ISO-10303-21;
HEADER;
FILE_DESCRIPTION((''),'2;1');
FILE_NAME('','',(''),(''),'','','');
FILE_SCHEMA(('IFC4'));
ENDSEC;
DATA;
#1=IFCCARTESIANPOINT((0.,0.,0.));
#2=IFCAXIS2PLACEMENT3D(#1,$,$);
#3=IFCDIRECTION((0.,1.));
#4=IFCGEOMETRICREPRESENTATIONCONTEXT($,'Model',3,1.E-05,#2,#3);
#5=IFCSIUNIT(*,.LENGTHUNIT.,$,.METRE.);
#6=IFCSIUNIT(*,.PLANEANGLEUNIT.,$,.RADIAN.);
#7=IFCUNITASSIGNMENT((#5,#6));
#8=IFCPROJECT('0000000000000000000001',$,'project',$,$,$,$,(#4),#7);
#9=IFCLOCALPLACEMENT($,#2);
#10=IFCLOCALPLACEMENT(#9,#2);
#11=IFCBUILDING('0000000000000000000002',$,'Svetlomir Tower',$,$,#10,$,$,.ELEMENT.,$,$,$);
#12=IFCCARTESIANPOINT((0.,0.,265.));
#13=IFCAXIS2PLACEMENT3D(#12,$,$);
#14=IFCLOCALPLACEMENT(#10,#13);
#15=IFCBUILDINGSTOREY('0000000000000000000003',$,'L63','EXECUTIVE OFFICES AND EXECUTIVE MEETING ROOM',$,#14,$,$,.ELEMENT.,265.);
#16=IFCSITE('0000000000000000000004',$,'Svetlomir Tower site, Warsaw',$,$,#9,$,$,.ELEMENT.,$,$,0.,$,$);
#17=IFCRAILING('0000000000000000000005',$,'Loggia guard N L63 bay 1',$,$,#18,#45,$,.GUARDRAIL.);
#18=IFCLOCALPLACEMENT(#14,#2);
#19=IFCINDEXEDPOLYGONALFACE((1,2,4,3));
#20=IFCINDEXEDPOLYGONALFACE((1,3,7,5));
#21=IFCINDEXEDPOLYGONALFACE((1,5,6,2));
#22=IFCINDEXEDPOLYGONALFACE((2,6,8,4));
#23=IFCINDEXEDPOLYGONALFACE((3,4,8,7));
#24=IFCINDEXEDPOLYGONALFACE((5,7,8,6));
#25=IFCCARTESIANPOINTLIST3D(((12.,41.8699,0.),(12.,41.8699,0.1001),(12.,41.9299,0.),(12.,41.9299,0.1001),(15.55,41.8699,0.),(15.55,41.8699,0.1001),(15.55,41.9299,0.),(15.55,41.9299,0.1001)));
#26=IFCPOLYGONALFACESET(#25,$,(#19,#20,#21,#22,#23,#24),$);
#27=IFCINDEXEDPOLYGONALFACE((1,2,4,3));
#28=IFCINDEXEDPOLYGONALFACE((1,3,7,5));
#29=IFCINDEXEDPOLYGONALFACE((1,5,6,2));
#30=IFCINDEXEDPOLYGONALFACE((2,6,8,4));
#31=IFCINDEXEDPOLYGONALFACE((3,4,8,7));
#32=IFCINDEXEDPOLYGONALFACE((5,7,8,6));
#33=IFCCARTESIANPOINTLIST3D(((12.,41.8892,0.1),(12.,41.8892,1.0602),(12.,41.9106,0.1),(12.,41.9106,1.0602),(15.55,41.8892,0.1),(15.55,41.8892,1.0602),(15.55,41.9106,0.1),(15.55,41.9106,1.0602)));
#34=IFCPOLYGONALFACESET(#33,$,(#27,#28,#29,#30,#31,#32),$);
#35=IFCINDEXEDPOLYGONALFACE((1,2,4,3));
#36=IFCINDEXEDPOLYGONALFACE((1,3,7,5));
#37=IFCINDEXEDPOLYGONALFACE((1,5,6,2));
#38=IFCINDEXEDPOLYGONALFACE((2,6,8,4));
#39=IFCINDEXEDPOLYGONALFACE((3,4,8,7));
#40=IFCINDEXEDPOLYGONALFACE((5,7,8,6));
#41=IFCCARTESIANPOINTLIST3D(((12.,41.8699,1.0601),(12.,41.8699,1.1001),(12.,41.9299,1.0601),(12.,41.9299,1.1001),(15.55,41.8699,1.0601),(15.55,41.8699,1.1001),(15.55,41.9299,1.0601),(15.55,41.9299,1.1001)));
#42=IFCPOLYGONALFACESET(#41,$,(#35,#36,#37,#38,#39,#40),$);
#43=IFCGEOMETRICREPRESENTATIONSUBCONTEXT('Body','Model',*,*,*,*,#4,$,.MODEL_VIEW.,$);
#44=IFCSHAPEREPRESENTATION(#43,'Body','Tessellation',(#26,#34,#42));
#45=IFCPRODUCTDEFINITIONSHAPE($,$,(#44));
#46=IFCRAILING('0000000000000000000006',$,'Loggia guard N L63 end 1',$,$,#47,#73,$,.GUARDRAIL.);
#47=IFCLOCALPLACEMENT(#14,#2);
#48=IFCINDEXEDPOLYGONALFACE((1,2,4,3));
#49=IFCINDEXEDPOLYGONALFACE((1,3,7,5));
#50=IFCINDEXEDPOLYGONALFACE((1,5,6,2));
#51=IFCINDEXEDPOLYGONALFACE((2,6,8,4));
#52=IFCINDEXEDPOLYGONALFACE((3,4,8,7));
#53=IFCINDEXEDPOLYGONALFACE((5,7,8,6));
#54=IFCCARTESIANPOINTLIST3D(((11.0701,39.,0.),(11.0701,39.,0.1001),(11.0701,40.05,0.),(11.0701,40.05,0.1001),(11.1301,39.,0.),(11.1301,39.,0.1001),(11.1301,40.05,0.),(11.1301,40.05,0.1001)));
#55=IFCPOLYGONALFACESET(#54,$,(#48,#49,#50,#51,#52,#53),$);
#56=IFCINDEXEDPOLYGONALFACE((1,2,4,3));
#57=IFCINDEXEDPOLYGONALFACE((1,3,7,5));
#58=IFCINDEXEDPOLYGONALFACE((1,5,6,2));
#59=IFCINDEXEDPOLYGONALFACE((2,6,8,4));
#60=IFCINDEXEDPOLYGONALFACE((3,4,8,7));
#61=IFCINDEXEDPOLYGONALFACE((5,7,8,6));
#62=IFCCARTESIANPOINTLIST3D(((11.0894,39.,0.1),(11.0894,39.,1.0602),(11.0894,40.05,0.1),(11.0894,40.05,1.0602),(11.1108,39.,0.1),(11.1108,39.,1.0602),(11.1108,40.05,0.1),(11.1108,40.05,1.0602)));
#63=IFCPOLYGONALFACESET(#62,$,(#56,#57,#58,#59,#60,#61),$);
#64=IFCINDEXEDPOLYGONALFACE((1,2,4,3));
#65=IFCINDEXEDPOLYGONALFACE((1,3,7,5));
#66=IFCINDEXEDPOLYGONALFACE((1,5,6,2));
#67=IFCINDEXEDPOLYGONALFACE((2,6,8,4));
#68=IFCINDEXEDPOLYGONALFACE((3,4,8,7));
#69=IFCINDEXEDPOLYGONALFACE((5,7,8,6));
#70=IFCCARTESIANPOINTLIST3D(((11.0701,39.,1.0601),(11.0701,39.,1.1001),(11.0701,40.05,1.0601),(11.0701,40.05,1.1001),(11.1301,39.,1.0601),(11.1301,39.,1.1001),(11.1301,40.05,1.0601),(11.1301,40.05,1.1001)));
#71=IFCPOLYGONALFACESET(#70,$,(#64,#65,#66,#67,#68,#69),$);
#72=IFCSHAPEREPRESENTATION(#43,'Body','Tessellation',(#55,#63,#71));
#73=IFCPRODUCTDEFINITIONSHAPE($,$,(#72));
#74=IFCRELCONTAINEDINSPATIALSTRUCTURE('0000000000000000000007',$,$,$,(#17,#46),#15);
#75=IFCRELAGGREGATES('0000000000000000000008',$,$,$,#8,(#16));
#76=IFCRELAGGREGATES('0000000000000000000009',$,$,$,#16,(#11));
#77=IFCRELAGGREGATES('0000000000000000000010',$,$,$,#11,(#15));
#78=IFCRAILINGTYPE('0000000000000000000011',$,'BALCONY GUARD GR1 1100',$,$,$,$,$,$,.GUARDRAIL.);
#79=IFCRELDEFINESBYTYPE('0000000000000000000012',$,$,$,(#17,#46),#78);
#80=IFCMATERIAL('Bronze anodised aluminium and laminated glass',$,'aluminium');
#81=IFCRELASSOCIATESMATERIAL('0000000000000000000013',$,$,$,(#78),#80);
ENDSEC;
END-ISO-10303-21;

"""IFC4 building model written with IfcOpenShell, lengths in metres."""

from ifc_helpers import new_model, si_unit, direction, frame, origin, origin_2d, place, context, subcontext, project, spatial, rectangle, extrude, material, type_object, element, save


model = new_model("IFC4")

# Units and contexts
model_context = context("Model", 3, precision=1e-05, world=origin(), true_north=direction((0.0, 1.0)))
body_context = subcontext(model_context, "Body", "Model", "MODEL_VIEW")
ifc_project = project(units=[si_unit("LENGTHUNIT", "METRE"), si_unit("PLANEANGLEUNIT", "RADIAN")], contexts=[model_context])

# Site, building, storey
site_placement = place(None, origin())
site = spatial("IfcSite", under=ifc_project, at=site_placement, Name="Svetlomir Tower site, Warsaw", CompositionType="ELEMENT", RefElevation=0.0)
building_placement = place(site_placement, origin())
building = spatial("IfcBuilding", under=site, at=building_placement, Name="Svetlomir Tower", CompositionType="ELEMENT")
storey_placement = place(building_placement, frame((0.0, 0.0, 265.0)))
storey = spatial("IfcBuildingStorey", under=building, at=storey_placement, Name="L63", Description="EXECUTIVE OFFICES AND EXECUTIVE MEETING ROOM", CompositionType="ELEMENT", Elevation=265.0)

# Railings
ifc_material_1 = material(Name="Bronze anodised aluminium and laminated glass", Category="aluminium")
railing_type = type_object("IfcRailingType", Name="BALCONY GUARD GR1 1100", PredefinedType="GUARDRAIL", material=ifc_material_1)
railing_1_placement = place(storey_placement, frame((12.0, 41.8999, 0.0)))
element("IfcRailing", 1, at=railing_1_placement, inside=storey, type_object=railing_type, Name="Loggia guard N L63 bay 1", PredefinedType="GUARDRAIL", context=body_context, shape_type="SweptSolid", body=[
    extrude(rectangle(XDim=0.0601, YDim=0.1001, at=origin_2d()), frame((0.0, 0.0, 0.05), z_axis=(1.0, 0.0, 0.0), x_axis=(0.0, 1.0, 0.0)), (0.0, 0.0, 1.0), 3.55),
    extrude(rectangle(XDim=0.0215, YDim=0.9602, at=origin_2d()), frame((0.0, 0.0, 0.5801), z_axis=(1.0, 0.0, 0.0), x_axis=(0.0, 1.0, 0.0)), (0.0, 0.0, 1.0), 3.55),
    extrude(rectangle(XDim=0.0601, YDim=0.04, at=origin_2d()), frame((0.0, 0.0, 1.0801), z_axis=(1.0, 0.0, 0.0), x_axis=(0.0, 1.0, 0.0)), (0.0, 0.0, 1.0), 3.55),
])
railing_2_placement = place(storey_placement, frame((11.1001, 40.05, 0.0)))
element("IfcRailing", 2, at=railing_2_placement, inside=storey, type_object=railing_type, Name="Loggia guard N L63 end 1", PredefinedType="GUARDRAIL", context=body_context, shape_type="SweptSolid", body=[
    extrude(rectangle(XDim=0.0601, YDim=0.1001, at=origin_2d()), frame((0.0, 0.0, 0.05), z_axis=(0.0, -1.0, 0.0), x_axis=(1.0, 0.0, 0.0)), (0.0, 0.0, 1.0), 1.05),
    extrude(rectangle(XDim=0.0215, YDim=0.9602, at=origin_2d()), frame((0.0, 0.0, 0.5801), z_axis=(0.0, -1.0, 0.0), x_axis=(1.0, 0.0, 0.0)), (0.0, 0.0, 1.0), 1.05),
    extrude(rectangle(XDim=0.0601, YDim=0.04, at=origin_2d()), frame((0.0, 0.0, 1.0801), z_axis=(0.0, -1.0, 0.0), x_axis=(1.0, 0.0, 0.0)), (0.0, 0.0, 1.0), 1.05),
])

save(model, "model.ifc")
